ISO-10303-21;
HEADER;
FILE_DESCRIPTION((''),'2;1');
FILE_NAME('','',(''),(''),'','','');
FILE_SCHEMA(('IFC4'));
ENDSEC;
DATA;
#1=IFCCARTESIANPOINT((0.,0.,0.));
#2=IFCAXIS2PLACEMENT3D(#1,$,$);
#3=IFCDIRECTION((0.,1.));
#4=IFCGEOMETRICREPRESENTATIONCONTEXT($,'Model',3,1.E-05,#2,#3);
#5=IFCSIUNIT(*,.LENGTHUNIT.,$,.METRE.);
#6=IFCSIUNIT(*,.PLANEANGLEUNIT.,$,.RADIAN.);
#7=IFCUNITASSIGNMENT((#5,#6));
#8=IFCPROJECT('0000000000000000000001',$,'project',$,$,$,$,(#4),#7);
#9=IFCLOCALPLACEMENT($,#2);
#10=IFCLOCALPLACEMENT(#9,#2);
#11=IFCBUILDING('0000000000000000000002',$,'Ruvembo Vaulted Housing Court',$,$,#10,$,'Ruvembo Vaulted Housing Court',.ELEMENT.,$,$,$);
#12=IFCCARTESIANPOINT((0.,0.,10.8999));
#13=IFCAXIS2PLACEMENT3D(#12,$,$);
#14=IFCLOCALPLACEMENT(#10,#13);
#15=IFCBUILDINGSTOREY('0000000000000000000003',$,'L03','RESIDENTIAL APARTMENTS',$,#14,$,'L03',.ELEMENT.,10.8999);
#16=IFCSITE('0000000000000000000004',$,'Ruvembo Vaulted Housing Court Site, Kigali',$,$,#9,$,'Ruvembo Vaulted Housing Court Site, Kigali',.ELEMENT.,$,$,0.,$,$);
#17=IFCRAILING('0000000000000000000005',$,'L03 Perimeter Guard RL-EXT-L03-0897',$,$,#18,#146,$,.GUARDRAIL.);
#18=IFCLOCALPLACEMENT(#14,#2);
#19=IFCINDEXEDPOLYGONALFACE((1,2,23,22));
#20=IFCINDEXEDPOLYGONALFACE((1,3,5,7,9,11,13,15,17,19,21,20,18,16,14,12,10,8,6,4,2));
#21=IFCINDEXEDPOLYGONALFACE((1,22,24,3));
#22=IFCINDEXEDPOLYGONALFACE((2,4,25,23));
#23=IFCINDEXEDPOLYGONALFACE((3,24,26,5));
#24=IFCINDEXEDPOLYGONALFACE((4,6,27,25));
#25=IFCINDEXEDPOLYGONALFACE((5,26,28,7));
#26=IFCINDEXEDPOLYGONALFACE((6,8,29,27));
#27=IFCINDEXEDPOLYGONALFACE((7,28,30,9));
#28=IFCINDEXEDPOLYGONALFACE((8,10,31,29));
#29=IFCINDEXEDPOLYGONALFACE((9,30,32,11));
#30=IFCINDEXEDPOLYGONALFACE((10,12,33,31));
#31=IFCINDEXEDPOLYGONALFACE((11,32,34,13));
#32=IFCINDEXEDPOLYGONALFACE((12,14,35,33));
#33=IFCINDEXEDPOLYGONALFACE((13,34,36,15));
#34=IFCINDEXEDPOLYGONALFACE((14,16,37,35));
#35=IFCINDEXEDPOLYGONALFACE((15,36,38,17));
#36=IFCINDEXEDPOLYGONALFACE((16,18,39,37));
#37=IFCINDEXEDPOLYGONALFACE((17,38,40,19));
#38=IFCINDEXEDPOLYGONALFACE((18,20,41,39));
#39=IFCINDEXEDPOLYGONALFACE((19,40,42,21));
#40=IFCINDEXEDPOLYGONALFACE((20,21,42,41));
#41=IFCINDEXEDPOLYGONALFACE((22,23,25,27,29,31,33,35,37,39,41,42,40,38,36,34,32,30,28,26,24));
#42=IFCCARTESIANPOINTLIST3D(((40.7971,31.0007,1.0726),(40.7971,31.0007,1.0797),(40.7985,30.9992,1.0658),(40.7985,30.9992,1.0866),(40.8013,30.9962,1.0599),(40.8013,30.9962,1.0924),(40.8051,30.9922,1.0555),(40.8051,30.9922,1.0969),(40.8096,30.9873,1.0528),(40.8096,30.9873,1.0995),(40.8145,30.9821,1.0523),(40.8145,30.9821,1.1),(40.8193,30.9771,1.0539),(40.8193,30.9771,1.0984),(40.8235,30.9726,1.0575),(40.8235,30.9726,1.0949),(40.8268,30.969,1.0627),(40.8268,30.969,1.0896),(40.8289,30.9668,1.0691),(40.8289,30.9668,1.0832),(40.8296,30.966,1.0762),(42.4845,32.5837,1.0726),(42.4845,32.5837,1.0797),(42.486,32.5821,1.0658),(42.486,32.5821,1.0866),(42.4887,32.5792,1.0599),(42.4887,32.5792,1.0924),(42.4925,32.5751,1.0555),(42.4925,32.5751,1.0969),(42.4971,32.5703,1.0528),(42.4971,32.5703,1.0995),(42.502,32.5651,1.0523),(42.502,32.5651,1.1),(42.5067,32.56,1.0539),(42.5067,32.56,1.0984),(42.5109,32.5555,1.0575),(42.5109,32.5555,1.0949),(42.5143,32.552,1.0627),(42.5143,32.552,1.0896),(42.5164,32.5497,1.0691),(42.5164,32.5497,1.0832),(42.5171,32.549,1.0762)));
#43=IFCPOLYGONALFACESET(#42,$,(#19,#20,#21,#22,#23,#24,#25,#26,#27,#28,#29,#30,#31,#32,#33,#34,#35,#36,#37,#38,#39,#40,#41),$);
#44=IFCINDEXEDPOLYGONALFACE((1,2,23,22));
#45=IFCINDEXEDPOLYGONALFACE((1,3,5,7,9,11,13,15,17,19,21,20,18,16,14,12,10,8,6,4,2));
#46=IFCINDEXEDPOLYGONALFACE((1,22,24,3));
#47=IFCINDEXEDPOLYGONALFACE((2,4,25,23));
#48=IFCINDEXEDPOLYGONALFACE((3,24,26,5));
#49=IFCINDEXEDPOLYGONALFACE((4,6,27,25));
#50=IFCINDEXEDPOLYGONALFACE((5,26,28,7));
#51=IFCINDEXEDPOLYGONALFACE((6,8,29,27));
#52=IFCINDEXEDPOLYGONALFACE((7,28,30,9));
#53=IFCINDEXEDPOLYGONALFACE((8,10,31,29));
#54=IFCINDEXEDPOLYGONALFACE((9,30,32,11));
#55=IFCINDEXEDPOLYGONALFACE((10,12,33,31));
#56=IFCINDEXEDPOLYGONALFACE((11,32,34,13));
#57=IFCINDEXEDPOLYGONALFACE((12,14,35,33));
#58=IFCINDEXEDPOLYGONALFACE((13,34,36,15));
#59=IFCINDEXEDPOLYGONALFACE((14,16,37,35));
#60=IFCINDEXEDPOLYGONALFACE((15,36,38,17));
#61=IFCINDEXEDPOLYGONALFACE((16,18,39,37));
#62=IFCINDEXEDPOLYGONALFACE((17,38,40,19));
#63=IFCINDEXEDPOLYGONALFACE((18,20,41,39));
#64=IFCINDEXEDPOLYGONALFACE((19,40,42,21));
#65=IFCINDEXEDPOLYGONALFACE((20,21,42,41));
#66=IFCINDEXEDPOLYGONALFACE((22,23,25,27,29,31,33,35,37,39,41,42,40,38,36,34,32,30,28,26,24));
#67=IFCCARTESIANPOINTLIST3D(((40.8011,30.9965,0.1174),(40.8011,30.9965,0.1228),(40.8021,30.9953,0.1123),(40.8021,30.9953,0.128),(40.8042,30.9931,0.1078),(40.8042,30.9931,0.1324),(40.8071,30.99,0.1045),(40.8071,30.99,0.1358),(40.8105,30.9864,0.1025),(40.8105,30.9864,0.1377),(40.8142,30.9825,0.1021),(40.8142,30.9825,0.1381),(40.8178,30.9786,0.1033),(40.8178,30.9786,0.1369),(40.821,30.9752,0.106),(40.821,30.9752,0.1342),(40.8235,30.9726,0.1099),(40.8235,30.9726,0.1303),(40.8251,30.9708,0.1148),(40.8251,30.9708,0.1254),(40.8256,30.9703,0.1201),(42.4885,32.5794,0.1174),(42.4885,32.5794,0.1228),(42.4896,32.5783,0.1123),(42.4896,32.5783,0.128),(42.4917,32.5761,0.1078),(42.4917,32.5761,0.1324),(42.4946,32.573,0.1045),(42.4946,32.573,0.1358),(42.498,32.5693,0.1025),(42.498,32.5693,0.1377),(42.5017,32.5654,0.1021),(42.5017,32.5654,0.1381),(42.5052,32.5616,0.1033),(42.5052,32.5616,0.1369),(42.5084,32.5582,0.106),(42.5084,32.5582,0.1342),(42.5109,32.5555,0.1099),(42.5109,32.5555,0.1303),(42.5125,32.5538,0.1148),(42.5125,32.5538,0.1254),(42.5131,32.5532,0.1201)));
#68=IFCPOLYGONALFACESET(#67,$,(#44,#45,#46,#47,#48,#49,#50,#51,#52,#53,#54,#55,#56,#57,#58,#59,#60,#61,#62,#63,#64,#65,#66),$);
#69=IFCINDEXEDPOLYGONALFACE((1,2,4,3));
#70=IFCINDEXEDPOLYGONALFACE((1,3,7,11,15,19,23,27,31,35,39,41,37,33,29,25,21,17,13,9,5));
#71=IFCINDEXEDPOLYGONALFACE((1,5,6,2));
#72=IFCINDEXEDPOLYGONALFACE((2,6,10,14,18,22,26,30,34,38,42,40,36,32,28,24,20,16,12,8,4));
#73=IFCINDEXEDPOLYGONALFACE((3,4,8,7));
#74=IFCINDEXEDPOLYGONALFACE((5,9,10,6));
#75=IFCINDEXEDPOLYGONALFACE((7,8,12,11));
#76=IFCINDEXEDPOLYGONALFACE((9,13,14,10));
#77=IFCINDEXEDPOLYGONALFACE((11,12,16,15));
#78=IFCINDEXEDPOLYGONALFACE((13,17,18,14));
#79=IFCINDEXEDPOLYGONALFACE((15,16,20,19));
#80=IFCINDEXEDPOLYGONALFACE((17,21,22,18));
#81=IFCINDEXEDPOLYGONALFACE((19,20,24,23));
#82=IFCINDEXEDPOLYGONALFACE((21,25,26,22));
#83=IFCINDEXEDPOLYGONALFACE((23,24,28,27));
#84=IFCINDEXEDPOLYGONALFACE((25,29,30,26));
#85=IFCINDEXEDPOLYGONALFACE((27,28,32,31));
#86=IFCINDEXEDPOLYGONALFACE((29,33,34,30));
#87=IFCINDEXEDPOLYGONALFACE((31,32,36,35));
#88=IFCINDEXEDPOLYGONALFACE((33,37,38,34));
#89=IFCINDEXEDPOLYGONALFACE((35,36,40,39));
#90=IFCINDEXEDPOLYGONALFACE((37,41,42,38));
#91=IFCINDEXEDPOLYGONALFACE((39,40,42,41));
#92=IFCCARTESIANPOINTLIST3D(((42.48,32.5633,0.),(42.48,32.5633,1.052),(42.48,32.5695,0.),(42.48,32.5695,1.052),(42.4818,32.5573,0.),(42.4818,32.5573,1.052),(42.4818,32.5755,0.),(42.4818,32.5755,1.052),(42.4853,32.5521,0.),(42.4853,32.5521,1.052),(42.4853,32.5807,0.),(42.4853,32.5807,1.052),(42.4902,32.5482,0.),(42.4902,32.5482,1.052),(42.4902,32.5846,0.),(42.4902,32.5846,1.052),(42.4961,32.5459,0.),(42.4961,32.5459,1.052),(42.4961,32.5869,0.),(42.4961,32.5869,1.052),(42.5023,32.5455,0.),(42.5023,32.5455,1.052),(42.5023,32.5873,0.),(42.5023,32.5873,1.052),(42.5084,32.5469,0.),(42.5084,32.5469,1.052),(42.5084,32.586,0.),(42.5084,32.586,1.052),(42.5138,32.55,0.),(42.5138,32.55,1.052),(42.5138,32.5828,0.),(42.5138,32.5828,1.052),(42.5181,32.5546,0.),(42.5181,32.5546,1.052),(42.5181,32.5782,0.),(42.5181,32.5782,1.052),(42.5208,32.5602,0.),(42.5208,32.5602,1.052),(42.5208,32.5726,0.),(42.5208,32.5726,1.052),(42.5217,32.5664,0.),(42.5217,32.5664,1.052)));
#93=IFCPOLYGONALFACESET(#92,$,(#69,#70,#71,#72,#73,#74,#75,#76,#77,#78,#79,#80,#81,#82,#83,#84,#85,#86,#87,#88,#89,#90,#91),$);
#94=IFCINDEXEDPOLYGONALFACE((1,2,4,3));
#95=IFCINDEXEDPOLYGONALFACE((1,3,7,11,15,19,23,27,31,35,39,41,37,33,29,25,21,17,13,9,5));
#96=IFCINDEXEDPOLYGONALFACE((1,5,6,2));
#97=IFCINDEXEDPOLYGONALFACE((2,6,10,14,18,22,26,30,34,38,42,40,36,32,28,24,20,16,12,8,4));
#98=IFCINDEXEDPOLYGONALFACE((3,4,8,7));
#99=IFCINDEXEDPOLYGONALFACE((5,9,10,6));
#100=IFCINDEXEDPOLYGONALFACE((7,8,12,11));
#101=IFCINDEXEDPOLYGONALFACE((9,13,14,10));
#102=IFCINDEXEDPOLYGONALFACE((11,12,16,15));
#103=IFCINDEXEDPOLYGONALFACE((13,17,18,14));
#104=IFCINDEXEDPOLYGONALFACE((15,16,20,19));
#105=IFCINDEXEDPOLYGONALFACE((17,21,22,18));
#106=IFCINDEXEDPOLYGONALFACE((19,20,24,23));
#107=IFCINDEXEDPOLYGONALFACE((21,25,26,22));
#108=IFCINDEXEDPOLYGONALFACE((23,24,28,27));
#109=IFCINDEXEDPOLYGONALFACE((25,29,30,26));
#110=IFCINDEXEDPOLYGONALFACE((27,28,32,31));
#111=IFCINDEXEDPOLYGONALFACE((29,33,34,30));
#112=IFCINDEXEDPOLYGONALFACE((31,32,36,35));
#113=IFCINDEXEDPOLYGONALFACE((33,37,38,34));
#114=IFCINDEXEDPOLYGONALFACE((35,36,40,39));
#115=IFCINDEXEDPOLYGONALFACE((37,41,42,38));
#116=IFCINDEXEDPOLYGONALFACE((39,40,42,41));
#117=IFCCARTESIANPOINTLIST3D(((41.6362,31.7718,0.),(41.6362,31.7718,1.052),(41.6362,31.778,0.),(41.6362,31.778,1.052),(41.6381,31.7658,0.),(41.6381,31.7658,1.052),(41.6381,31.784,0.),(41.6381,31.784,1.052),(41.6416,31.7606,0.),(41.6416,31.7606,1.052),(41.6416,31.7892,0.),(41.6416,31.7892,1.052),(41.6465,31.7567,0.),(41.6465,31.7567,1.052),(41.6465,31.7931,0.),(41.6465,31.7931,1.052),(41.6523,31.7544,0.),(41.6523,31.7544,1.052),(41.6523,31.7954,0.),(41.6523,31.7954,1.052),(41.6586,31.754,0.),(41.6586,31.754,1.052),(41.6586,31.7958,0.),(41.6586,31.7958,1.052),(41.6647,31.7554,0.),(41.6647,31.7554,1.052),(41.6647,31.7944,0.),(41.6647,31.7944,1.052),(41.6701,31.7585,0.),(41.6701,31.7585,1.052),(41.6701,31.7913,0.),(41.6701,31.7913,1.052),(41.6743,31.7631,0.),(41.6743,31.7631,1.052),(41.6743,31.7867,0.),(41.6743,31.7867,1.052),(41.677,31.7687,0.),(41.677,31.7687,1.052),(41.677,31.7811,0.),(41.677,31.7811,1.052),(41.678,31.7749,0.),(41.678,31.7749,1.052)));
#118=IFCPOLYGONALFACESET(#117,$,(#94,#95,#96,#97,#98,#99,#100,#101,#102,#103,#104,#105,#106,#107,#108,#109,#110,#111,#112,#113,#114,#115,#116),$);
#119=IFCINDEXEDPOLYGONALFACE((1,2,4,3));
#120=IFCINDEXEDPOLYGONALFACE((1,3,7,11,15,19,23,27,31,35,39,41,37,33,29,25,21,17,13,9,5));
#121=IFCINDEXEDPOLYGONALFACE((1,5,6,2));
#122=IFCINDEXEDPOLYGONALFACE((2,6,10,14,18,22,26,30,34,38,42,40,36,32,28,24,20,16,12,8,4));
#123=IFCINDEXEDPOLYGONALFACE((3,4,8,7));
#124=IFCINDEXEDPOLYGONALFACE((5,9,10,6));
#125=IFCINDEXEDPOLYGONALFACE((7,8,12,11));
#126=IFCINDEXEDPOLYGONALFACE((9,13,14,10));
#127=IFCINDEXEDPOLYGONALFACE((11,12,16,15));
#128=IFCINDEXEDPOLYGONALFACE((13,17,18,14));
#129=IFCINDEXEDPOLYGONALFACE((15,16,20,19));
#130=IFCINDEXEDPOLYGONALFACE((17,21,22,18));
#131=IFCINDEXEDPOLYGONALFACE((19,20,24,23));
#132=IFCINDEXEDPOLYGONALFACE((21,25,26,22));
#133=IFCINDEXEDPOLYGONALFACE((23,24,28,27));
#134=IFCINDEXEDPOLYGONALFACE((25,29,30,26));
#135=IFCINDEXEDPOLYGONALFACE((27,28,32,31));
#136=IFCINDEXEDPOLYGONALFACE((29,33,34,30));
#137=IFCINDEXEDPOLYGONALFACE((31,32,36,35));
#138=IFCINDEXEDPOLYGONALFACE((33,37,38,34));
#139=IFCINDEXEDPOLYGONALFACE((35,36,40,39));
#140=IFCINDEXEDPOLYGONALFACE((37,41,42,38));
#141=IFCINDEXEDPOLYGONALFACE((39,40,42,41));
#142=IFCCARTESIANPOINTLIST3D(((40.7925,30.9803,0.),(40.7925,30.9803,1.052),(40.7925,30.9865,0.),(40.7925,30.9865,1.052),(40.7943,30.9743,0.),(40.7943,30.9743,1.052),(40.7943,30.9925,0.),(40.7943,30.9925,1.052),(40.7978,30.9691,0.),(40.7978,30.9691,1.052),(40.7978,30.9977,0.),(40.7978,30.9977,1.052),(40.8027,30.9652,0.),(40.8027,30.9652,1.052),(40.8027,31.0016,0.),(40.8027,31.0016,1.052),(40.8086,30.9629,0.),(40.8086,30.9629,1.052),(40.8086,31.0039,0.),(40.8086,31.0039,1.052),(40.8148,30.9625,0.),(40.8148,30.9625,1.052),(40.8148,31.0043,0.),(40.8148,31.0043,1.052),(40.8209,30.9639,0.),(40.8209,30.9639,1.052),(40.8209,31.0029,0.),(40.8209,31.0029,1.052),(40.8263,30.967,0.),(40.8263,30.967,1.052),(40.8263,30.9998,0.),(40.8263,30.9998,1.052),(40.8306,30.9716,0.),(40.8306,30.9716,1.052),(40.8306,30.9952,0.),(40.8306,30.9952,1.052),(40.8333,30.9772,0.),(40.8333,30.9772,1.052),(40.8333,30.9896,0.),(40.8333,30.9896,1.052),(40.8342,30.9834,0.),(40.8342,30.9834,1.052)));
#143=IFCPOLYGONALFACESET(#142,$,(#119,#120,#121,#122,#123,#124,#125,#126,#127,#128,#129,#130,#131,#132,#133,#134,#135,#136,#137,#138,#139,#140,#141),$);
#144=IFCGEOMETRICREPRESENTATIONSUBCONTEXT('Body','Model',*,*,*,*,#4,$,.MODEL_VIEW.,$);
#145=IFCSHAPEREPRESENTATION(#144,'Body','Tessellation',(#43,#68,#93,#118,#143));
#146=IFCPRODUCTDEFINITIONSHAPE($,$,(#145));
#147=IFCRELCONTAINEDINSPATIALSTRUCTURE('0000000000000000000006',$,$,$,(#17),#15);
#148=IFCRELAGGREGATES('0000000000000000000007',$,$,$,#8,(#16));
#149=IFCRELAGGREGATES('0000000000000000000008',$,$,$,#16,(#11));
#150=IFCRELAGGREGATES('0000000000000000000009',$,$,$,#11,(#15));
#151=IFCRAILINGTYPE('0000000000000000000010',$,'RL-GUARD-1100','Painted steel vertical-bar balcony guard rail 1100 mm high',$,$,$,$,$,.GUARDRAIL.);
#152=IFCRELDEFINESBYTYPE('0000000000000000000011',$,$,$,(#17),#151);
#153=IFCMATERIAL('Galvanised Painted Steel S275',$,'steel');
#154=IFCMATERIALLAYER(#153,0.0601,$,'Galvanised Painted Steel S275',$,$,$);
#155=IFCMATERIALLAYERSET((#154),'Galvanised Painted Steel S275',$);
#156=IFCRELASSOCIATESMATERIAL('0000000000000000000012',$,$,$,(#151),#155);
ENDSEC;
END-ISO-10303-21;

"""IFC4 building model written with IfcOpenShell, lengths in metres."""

from ifc_helpers import new_model, si_unit, direction, frame, origin, origin_2d, place, context, subcontext, project, spatial, circle, extrude, material, layer, layer_set, type_object, element, save


model = new_model("IFC4")

# Units and contexts
model_context = context("Model", 3, precision=1e-05, world=origin(), true_north=direction((0.0, 1.0)))
body_context = subcontext(model_context, "Body", "Model", "MODEL_VIEW")
ifc_project = project(units=[si_unit("LENGTHUNIT", "METRE"), si_unit("PLANEANGLEUNIT", "RADIAN")], contexts=[model_context])

# Site, building, storey
site_placement = place(None, origin())
site = spatial("IfcSite", under=ifc_project, at=site_placement, Name="Ruvembo Vaulted Housing Court Site, Kigali", LongName="Ruvembo Vaulted Housing Court Site, Kigali", CompositionType="ELEMENT", RefElevation=0.0)
building_placement = place(site_placement, origin())
building = spatial("IfcBuilding", under=site, at=building_placement, Name="Ruvembo Vaulted Housing Court", LongName="Ruvembo Vaulted Housing Court", CompositionType="ELEMENT")
storey_placement = place(building_placement, frame((0.0, 0.0, 10.8999)))
storey = spatial("IfcBuildingStorey", under=building, at=storey_placement, Name="L03", Description="RESIDENTIAL APARTMENTS", LongName="L03", CompositionType="ELEMENT", Elevation=10.8999)

# Railing
ifc_material_1 = material(Name="Galvanised Painted Steel S275", Category="steel")
ifc_layer_1 = layer(ifc_material_1, 0.0601, Name="Galvanised Painted Steel S275")
ifc_layer_set_1 = layer_set([ifc_layer_1], Name="Galvanised Painted Steel S275")
railing_type = type_object("IfcRailingType", Name="RL-GUARD-1100", Description="Painted steel vertical-bar balcony guard rail 1100 mm high", PredefinedType="GUARDRAIL", material=ifc_layer_set_1)
railing_1_placement = place(storey_placement, frame((42.5007, 32.5664, 0.0)))
element("IfcRailing", 1, at=railing_1_placement, inside=storey, type_object=railing_type, Name="L03 Perimeter Guard RL-EXT-L03-0897", PredefinedType="GUARDRAIL", context=body_context, shape_type="SweptSolid", body=[
    extrude(circle(Radius=0.0239, at=origin_2d()), frame((0.0, 0.0, 1.0762), z_axis=(-0.729327, -0.684166, 0.0), x_axis=(0.684166, -0.729327, 0.0)), (0.0, 0.0, 1.0), 2.3137),
    extrude(circle(Radius=0.0181, at=origin_2d()), frame((0.0, 0.0, 0.1201), z_axis=(-0.729327, -0.684166, 0.0), x_axis=(0.684166, -0.729327, 0.0)), (0.0, 0.0, 1.0), 2.3137),
    extrude(circle(Radius=0.021, at=origin_2d()), origin(), (0.0, 0.0, 1.0), 1.052),
    extrude(circle(Radius=0.021, at=origin_2d()), frame((-0.8438, -0.7915, 0.0)), (0.0, 0.0, 1.0), 1.052),
    extrude(circle(Radius=0.021, at=origin_2d()), frame((-1.6875, -1.583, 0.0)), (0.0, 0.0, 1.0), 1.052),
])

save(model, "model.ifc")
